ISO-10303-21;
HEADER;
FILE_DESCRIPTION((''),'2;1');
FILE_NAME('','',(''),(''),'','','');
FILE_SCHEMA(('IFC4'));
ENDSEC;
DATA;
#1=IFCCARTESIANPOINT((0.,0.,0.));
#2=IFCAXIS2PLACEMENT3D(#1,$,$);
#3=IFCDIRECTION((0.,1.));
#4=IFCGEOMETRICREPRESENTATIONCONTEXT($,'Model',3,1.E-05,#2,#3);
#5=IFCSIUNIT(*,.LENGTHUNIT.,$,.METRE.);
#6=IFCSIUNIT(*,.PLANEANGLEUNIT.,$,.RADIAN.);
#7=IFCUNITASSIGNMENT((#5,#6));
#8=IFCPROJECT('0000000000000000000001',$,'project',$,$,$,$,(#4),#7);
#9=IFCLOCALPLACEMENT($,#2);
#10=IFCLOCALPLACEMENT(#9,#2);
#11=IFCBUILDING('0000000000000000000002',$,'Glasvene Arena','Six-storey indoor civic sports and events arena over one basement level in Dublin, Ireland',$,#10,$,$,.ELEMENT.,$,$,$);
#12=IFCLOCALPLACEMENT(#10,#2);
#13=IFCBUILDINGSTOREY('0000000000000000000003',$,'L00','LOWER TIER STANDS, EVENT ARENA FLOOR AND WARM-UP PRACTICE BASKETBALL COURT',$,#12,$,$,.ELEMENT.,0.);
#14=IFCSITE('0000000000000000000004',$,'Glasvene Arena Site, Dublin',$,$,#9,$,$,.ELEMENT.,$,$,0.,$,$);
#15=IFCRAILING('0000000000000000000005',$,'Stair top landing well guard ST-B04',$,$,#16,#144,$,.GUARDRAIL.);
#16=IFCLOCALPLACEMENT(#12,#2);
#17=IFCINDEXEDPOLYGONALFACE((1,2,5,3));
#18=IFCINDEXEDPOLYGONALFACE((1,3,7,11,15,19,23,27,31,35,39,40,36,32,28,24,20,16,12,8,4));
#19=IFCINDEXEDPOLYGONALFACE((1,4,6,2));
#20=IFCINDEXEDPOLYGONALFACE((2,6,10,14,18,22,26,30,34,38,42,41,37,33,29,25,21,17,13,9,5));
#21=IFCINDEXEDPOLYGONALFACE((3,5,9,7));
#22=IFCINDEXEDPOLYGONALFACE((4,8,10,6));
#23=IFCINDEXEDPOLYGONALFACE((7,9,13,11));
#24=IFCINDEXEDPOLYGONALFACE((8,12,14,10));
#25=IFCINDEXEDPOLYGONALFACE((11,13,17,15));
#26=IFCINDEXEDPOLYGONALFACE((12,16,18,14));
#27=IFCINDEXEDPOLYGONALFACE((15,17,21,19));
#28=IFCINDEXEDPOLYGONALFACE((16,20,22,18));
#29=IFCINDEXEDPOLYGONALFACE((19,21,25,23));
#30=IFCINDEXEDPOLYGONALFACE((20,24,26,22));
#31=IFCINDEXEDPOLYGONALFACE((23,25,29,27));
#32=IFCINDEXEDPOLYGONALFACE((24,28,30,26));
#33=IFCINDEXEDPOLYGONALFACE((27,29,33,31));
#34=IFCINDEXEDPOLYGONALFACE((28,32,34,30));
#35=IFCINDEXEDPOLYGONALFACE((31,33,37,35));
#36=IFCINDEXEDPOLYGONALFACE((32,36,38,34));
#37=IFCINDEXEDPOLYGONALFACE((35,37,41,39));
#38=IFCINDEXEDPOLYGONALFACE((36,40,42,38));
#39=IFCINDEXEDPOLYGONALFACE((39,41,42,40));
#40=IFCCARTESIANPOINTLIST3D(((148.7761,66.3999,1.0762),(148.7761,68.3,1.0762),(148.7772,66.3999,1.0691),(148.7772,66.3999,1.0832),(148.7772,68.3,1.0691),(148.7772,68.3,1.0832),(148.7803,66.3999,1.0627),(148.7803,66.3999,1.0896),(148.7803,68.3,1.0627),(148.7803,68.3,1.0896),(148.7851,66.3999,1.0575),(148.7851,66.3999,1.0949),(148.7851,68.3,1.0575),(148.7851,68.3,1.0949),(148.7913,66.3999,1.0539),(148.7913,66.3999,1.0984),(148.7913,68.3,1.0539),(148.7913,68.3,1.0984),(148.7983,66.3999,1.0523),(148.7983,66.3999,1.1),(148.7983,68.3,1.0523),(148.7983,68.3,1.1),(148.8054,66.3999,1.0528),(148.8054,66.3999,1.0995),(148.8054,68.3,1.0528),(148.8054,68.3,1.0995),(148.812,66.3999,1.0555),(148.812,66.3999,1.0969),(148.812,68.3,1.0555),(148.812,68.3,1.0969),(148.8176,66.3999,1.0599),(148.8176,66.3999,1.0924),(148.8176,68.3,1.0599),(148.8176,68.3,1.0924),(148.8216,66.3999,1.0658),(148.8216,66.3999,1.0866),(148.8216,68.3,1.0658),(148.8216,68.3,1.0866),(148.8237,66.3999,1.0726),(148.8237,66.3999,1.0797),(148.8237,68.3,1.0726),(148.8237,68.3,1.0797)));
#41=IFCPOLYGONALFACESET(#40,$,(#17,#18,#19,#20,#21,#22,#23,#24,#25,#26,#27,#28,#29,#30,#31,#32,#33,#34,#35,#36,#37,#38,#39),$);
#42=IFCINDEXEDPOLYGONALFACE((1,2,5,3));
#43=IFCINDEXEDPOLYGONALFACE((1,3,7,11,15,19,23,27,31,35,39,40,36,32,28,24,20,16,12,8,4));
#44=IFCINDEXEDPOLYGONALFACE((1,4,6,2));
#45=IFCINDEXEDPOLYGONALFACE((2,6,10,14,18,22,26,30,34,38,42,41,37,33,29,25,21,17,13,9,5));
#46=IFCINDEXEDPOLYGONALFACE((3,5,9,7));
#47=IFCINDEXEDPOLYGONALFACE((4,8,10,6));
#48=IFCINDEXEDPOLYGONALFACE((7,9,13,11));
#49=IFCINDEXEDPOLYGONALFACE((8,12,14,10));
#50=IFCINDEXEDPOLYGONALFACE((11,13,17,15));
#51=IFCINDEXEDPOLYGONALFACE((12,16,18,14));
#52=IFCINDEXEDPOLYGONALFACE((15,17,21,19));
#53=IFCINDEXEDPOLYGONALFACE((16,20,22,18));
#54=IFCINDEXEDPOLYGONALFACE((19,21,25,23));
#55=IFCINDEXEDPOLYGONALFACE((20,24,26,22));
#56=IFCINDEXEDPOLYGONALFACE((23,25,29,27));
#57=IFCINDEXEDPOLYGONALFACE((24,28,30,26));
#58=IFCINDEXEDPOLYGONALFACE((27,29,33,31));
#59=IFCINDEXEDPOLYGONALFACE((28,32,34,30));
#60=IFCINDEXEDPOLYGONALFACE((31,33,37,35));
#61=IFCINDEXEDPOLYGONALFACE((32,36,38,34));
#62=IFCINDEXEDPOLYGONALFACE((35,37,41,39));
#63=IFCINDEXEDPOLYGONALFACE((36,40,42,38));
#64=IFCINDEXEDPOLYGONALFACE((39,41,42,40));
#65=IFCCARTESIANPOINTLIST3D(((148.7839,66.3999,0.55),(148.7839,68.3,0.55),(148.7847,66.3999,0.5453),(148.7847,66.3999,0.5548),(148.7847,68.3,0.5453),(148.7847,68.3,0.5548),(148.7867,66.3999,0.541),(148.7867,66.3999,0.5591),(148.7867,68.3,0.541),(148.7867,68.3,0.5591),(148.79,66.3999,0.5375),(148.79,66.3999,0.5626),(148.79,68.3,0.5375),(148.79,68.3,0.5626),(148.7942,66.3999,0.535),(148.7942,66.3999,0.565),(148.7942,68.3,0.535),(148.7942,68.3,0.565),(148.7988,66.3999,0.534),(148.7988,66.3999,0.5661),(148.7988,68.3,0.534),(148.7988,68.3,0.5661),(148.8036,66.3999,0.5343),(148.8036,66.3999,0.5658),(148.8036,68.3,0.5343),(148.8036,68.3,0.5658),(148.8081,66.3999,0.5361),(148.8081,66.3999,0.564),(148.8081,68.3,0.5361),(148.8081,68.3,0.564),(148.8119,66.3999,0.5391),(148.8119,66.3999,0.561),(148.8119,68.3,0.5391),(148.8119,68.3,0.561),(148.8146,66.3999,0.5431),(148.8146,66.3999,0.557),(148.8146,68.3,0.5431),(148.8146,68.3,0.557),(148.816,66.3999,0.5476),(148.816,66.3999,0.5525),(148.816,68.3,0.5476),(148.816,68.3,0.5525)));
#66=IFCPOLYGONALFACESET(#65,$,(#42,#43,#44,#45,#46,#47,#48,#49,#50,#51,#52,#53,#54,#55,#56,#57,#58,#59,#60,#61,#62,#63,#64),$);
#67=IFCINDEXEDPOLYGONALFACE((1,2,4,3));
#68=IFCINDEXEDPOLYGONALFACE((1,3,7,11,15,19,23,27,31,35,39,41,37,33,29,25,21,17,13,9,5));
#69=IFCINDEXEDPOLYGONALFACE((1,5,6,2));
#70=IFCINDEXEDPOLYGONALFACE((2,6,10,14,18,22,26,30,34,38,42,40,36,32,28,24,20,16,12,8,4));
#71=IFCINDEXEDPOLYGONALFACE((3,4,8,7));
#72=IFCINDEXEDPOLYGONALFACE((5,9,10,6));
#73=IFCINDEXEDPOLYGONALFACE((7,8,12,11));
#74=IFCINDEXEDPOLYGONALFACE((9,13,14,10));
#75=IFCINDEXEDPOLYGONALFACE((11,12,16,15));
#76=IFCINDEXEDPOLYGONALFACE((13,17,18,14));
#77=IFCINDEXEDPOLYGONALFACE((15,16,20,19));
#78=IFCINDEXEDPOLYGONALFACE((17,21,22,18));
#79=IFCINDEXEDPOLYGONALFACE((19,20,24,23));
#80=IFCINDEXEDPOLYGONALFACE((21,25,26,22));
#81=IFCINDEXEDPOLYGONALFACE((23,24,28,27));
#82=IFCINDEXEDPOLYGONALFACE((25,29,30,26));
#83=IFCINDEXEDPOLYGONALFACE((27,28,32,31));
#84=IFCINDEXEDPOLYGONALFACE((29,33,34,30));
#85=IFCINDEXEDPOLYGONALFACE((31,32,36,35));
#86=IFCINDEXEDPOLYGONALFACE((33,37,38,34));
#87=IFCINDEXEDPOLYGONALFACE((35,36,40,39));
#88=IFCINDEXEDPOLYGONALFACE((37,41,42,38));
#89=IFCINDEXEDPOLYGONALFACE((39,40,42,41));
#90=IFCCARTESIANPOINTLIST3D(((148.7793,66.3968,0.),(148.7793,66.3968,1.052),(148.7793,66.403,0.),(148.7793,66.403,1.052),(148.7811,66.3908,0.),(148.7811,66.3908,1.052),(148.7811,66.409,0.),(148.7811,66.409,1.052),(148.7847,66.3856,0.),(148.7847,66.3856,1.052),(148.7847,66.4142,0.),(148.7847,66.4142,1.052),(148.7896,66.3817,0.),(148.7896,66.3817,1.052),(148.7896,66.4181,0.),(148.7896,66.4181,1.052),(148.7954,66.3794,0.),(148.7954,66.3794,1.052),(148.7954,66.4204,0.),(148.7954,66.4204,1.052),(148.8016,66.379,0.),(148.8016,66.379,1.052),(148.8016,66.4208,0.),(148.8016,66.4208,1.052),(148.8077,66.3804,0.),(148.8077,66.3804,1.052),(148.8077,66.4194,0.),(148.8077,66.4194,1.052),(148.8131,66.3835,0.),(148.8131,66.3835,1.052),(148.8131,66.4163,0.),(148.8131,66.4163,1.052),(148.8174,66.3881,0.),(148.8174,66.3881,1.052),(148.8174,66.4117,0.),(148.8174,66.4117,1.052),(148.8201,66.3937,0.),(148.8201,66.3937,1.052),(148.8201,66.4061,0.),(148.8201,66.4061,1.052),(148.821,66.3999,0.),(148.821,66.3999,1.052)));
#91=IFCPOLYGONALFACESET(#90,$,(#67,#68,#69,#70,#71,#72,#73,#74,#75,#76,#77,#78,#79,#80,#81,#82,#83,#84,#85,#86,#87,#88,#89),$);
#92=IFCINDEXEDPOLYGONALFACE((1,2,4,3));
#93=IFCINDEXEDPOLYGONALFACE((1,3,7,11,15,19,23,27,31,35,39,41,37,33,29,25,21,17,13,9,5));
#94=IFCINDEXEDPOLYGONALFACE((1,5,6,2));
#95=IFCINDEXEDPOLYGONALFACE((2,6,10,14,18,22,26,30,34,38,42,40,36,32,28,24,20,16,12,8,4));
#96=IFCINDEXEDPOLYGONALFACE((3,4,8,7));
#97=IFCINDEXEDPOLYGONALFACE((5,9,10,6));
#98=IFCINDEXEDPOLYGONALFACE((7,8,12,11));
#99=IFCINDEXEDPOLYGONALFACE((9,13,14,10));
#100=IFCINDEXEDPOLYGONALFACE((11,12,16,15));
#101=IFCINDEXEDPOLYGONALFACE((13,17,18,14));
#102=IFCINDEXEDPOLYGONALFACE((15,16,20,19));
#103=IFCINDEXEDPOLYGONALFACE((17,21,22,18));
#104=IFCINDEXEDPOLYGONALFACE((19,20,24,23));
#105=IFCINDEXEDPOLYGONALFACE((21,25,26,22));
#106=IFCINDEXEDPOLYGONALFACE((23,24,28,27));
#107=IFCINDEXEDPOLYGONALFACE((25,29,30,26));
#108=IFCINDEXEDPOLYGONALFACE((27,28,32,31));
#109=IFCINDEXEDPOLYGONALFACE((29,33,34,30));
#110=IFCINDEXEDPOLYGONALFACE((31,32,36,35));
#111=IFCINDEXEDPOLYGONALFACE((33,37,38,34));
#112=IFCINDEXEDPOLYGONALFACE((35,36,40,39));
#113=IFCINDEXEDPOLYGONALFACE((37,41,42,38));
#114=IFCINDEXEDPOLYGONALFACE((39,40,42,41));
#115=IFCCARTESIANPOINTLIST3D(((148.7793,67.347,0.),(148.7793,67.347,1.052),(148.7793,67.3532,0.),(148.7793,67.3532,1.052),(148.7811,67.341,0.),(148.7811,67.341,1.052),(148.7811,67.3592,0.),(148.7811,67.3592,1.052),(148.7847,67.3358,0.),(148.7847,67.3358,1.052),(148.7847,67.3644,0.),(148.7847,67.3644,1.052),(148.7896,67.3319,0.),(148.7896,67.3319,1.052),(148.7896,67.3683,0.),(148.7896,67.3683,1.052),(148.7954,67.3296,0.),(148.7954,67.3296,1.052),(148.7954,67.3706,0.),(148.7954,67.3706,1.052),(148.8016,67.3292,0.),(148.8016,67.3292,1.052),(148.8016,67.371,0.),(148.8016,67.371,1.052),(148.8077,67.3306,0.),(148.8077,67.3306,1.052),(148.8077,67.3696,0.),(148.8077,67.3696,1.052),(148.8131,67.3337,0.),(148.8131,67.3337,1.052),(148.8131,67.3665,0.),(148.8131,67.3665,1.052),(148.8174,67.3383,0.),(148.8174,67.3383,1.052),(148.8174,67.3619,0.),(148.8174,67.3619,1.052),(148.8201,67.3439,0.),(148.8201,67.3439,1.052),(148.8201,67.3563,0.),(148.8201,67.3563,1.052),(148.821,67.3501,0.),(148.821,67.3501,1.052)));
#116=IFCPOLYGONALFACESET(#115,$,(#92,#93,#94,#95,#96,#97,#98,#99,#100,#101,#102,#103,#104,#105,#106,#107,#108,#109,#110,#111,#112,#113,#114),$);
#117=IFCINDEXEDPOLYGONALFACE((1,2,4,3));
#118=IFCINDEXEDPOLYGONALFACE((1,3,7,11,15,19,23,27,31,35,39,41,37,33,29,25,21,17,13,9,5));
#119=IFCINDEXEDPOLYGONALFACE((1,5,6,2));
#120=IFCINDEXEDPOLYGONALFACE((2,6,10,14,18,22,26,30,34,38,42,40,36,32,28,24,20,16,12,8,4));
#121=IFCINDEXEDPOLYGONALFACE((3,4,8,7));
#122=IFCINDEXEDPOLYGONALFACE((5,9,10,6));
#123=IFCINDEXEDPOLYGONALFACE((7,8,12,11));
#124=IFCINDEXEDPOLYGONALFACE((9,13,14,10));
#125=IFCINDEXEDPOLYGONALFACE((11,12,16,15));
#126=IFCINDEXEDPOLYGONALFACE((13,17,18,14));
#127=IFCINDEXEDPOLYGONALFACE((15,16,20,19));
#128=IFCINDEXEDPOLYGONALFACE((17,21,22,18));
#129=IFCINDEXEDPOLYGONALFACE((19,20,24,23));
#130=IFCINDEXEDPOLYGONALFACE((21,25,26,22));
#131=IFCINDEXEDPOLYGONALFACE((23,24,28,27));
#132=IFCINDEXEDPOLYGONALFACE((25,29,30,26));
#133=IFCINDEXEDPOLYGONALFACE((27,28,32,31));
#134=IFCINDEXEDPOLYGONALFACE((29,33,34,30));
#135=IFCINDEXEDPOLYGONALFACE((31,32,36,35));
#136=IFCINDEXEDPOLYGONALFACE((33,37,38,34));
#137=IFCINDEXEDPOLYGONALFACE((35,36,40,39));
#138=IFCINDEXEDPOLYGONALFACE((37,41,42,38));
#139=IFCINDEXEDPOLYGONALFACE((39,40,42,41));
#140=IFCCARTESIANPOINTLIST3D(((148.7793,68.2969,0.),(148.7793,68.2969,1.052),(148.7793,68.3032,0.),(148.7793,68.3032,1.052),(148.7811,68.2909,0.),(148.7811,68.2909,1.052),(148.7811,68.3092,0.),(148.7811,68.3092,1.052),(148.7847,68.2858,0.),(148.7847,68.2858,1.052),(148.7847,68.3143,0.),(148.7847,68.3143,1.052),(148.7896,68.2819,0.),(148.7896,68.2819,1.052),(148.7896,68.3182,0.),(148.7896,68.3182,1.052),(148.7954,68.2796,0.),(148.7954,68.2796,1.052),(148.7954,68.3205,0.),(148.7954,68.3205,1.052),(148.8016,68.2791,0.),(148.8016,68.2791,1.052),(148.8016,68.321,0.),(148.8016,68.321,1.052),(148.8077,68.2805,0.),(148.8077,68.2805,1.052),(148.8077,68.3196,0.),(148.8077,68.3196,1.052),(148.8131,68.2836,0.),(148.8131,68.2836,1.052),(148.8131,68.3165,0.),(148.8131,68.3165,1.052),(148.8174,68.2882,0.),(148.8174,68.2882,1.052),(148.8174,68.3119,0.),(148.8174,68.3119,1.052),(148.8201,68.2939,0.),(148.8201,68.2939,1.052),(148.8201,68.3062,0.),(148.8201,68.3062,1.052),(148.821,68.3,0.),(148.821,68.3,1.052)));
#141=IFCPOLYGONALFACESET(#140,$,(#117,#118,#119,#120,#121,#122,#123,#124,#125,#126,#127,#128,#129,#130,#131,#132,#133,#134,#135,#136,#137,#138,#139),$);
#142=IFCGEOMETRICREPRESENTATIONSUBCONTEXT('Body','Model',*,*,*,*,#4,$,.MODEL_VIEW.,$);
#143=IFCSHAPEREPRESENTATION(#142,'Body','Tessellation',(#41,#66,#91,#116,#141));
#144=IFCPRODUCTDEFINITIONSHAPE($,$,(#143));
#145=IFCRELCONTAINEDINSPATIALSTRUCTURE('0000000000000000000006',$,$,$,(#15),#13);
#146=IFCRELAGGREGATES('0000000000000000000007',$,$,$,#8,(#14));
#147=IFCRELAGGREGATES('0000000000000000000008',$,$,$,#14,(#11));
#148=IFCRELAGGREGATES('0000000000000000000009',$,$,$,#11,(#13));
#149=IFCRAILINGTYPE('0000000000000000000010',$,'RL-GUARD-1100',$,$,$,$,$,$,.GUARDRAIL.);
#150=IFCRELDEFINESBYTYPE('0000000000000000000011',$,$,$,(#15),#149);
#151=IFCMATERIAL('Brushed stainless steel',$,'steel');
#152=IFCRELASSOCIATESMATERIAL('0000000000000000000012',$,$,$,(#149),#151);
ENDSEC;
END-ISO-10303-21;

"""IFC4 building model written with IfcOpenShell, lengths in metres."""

from ifc_helpers import new_model, si_unit, direction, frame, origin, origin_2d, place, context, subcontext, project, spatial, circle, extrude, material, type_object, element, save


model = new_model("IFC4")

# Units and contexts
model_context = context("Model", 3, precision=1e-05, world=origin(), true_north=direction((0.0, 1.0)))
body_context = subcontext(model_context, "Body", "Model", "MODEL_VIEW")
ifc_project = project(units=[si_unit("LENGTHUNIT", "METRE"), si_unit("PLANEANGLEUNIT", "RADIAN")], contexts=[model_context])

# Site, building, storey
site_placement = place(None, origin())
site = spatial("IfcSite", under=ifc_project, at=site_placement, Name="Glasvene Arena Site, Dublin", CompositionType="ELEMENT", RefElevation=0.0)
building_placement = place(site_placement, origin())
building = spatial("IfcBuilding", under=site, at=building_placement, Name="Glasvene Arena", Description="Six-storey indoor civic sports and events arena over one basement level in Dublin, Ireland", CompositionType="ELEMENT")
storey_placement = place(building_placement, origin())
storey = spatial("IfcBuildingStorey", under=building, at=storey_placement, Name="L00", Description="LOWER TIER STANDS, EVENT ARENA FLOOR AND WARM-UP PRACTICE BASKETBALL COURT", CompositionType="ELEMENT", Elevation=0.0)

# Railing
ifc_material_1 = material(Name="Brushed stainless steel", Category="steel")
railing_type = type_object("IfcRailingType", Name="RL-GUARD-1100", PredefinedType="GUARDRAIL", material=ifc_material_1)
railing_1_placement = place(storey_placement, frame((148.8, 66.3999, 0.0)))
element("IfcRailing", 1, at=railing_1_placement, inside=storey, type_object=railing_type, Name="Stair top landing well guard ST-B04", PredefinedType="GUARDRAIL", context=body_context, shape_type="SweptSolid", body=[
    extrude(circle(Radius=0.0239, at=origin_2d()), frame((0.0, 0.0, 1.0762), z_axis=(0.0, 1.0, 0.0), x_axis=(-1.0, 0.0, 0.0)), (0.0, 0.0, 1.0), 1.9001),
    extrude(circle(Radius=0.0161, at=origin_2d()), frame((0.0, 0.0, 0.55), z_axis=(0.0, 1.0, 0.0), x_axis=(-1.0, 0.0, 0.0)), (0.0, 0.0, 1.0), 1.9001),
    extrude(circle(Radius=0.021, at=origin_2d()), origin(), (0.0, 0.0, 1.0), 1.052),
    extrude(circle(Radius=0.021, at=origin_2d()), frame((0.0, 0.9502, 0.0)), (0.0, 0.0, 1.0), 1.052),
    extrude(circle(Radius=0.021, at=origin_2d()), frame((0.0, 1.9001, 0.0)), (0.0, 0.0, 1.0), 1.052),
])

save(model, "model.ifc")
